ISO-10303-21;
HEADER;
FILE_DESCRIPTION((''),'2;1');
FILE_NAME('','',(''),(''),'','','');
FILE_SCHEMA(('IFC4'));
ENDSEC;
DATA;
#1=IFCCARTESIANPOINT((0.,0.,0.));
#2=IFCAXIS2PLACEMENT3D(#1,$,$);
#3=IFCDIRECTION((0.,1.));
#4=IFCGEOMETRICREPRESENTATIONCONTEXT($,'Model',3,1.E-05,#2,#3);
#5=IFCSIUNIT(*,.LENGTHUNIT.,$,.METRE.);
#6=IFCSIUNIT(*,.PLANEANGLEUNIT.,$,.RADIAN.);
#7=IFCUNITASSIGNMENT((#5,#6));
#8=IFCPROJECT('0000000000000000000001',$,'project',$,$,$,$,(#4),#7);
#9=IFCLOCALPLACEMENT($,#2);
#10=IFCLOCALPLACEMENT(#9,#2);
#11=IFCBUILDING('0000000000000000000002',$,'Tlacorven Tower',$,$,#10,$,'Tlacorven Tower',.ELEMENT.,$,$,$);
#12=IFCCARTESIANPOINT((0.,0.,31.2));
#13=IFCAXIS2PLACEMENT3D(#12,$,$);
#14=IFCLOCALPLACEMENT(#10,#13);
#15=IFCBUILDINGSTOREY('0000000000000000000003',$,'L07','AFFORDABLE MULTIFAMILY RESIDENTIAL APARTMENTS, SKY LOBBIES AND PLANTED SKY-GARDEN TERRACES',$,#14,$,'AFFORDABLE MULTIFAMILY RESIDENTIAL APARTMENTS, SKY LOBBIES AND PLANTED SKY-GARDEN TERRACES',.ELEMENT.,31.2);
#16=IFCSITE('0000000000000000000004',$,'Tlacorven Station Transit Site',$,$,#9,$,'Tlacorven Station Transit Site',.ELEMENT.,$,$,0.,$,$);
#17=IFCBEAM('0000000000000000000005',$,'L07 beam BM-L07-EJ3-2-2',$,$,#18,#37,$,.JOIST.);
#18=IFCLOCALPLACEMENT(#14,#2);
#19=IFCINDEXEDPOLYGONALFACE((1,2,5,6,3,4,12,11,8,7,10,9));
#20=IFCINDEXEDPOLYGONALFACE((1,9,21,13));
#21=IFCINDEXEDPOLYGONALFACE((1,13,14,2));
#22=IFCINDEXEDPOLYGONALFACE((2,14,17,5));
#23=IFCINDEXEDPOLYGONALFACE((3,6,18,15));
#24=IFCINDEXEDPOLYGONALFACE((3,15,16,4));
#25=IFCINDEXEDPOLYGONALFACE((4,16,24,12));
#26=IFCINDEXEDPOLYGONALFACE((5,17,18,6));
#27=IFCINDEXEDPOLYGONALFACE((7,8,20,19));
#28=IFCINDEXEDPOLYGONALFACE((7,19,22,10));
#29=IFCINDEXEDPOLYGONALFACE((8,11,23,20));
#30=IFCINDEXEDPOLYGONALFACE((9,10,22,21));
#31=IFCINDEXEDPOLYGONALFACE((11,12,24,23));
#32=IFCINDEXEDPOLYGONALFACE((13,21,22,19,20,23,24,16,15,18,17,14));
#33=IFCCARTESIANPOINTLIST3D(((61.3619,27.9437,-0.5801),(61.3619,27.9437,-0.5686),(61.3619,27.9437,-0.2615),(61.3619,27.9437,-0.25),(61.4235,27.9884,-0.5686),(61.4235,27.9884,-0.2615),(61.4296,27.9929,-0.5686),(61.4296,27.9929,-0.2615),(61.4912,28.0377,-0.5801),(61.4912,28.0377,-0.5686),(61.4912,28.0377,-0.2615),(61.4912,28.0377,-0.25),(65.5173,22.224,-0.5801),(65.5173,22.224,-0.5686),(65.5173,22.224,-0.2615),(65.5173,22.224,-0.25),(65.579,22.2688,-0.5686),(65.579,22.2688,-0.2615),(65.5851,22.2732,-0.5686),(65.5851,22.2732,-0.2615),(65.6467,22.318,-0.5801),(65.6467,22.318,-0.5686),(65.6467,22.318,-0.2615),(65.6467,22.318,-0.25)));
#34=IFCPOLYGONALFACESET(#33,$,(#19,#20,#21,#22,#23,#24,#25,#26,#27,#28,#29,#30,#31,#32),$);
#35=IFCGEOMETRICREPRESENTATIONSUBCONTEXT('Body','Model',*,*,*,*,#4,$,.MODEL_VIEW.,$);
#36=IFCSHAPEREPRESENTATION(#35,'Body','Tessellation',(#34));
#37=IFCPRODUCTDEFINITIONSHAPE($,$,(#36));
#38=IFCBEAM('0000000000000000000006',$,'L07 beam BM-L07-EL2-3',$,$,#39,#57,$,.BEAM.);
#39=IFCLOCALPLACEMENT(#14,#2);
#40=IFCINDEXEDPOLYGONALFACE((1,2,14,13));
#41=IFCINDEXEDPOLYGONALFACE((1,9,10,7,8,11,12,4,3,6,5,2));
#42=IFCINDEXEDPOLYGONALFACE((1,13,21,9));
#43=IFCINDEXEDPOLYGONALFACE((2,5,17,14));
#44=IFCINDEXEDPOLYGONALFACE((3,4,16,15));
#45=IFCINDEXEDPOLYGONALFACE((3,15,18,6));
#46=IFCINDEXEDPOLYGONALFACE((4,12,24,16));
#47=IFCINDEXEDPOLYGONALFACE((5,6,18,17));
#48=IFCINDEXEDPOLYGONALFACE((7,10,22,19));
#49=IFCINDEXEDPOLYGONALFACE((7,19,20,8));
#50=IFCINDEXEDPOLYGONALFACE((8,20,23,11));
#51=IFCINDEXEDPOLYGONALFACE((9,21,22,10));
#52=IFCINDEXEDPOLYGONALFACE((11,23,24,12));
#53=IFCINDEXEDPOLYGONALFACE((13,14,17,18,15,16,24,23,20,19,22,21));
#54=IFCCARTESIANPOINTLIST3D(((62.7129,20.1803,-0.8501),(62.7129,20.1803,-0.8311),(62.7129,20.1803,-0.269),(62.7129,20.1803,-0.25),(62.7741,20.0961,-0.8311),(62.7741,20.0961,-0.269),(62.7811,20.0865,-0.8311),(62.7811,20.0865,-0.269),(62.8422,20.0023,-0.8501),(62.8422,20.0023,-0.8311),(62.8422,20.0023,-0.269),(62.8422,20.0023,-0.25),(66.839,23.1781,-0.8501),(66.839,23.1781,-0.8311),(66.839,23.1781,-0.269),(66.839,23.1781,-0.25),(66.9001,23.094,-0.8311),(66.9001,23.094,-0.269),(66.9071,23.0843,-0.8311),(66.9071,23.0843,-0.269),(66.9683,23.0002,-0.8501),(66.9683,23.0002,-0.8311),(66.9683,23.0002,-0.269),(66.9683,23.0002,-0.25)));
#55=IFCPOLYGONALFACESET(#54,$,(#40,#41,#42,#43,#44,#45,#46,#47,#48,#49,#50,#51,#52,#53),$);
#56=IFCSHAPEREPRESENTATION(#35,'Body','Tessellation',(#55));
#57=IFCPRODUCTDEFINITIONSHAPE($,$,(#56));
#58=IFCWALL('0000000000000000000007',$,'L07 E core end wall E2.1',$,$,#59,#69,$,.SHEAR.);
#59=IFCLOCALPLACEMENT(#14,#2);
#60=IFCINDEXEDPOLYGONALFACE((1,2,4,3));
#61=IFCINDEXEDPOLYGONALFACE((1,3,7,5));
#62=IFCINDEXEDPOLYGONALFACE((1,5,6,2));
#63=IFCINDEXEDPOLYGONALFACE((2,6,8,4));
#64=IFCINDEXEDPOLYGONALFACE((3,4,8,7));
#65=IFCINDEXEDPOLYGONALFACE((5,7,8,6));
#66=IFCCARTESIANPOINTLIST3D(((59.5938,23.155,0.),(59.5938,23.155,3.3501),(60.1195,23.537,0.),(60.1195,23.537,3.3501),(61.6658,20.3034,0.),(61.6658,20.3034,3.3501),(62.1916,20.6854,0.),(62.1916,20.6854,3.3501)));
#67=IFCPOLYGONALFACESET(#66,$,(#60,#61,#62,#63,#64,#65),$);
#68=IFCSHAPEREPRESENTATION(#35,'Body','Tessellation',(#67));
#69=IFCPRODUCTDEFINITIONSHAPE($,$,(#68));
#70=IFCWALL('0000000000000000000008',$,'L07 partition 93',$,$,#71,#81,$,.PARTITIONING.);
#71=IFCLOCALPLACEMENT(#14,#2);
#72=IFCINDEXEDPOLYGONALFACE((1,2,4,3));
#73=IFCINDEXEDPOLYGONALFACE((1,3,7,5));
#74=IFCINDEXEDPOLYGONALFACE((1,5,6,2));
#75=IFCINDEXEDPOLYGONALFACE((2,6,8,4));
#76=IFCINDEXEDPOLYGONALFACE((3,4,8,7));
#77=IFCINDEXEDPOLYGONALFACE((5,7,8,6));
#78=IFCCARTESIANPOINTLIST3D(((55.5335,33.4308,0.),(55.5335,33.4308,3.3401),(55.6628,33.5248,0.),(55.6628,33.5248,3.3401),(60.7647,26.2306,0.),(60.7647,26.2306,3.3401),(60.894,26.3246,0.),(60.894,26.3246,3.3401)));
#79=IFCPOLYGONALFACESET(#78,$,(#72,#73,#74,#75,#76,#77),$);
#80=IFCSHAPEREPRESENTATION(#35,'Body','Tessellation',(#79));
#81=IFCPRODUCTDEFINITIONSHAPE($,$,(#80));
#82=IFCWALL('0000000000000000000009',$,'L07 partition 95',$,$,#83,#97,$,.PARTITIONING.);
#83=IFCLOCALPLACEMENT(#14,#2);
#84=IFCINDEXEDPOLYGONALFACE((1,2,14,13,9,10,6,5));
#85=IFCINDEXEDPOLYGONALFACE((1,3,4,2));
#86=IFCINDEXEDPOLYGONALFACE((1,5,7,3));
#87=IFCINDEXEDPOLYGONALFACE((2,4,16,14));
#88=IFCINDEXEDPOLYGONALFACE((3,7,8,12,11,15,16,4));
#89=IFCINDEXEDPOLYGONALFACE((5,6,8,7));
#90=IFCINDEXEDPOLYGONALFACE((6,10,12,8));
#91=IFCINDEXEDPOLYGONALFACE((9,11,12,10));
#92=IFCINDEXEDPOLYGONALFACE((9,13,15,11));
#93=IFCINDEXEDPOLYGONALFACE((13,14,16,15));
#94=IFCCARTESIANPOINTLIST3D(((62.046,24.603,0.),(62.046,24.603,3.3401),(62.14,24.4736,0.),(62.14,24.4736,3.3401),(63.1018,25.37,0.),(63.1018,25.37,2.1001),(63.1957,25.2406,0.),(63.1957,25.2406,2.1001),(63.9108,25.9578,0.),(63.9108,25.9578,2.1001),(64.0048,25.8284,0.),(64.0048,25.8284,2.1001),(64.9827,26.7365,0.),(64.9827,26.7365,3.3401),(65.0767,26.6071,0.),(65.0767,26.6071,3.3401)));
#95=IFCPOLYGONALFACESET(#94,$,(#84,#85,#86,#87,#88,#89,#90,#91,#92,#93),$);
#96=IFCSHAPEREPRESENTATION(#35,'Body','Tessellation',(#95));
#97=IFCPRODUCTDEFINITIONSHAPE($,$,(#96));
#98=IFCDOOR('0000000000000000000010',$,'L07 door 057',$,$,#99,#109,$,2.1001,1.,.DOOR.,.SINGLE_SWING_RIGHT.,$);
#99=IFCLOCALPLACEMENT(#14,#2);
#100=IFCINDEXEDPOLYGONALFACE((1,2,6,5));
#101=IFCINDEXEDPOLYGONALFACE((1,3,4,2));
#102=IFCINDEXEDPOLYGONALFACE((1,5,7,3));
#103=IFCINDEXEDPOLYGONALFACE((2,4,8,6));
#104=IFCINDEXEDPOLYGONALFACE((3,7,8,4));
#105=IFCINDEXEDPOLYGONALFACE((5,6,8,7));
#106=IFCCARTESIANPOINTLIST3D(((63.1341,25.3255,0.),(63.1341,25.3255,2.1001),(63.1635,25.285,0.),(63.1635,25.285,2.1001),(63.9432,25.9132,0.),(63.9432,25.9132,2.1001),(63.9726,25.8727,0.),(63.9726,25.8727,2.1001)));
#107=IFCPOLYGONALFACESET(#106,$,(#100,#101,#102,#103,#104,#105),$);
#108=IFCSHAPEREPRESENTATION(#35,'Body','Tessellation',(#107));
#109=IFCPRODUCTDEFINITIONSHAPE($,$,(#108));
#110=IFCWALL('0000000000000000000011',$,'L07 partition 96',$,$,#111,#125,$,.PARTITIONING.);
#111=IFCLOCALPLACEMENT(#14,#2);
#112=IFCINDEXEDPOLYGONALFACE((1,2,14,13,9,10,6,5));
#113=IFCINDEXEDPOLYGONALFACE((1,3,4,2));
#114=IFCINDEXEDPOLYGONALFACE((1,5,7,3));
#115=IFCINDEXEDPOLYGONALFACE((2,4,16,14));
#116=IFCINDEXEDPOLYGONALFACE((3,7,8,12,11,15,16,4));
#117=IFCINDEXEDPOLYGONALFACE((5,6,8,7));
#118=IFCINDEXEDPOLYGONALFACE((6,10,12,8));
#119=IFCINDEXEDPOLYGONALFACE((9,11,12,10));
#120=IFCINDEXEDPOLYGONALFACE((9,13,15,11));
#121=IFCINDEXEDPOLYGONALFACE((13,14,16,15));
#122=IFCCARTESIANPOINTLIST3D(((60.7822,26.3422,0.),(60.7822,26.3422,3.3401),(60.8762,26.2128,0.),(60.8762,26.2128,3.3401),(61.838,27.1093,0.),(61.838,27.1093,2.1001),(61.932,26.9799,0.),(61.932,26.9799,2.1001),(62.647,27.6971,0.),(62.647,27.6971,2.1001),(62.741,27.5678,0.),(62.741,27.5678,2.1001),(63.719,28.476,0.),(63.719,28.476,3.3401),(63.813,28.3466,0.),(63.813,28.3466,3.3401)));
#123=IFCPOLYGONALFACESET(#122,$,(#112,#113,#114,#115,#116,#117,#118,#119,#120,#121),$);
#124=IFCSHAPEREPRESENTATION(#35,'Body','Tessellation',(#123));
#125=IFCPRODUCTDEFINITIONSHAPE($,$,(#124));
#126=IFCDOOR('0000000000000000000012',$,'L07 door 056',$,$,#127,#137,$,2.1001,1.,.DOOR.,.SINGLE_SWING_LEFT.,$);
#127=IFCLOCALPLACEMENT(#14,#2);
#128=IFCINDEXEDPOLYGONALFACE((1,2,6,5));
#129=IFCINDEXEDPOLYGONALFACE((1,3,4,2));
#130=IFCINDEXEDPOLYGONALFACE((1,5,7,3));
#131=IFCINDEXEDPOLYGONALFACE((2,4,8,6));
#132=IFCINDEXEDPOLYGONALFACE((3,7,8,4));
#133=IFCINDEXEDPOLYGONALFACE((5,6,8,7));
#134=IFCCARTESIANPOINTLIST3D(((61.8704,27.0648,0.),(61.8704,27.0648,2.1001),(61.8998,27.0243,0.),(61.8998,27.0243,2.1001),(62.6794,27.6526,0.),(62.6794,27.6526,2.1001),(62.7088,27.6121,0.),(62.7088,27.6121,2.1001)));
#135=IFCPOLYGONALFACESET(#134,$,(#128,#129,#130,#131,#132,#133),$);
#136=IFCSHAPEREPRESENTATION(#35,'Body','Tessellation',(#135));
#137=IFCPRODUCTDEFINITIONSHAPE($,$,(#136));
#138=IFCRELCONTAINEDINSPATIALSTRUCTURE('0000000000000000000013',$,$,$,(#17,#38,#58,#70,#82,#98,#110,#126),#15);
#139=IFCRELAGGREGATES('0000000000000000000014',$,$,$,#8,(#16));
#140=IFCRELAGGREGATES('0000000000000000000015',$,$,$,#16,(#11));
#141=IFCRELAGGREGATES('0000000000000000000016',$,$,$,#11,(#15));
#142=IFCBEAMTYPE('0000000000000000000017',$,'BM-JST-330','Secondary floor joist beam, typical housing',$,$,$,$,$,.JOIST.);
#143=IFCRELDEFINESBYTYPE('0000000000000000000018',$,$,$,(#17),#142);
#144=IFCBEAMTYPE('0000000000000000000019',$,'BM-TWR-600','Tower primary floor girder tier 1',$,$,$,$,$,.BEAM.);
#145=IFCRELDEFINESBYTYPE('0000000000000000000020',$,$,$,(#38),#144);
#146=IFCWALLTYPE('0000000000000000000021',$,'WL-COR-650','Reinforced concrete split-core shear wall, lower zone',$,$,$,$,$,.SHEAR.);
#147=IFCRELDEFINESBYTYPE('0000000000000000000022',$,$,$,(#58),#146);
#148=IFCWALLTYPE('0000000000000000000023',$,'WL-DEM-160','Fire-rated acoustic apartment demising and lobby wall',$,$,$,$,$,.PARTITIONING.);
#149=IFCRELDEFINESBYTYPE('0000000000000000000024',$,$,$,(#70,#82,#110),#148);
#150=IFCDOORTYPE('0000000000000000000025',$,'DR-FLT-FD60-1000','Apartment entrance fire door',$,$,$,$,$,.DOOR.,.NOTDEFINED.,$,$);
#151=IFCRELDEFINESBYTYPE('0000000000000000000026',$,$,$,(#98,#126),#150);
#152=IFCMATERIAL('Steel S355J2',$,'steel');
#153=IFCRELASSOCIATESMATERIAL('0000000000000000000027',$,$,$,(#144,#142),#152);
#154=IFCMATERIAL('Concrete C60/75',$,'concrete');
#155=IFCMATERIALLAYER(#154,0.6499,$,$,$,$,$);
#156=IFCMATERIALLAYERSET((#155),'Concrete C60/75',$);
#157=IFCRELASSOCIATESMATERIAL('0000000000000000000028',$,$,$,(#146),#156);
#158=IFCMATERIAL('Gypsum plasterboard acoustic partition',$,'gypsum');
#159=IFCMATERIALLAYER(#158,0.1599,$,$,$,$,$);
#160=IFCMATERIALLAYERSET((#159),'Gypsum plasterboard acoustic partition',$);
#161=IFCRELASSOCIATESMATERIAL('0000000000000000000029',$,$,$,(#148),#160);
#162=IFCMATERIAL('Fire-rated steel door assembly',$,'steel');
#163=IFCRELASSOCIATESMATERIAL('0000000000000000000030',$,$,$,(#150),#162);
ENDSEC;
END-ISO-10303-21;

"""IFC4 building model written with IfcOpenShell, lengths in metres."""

from ifc_helpers import new_model, si_unit, direction, frame, frame_2d, origin, origin_2d, place, context, subcontext, project, spatial, rectangle, i_section, extrude, source, transform, mapped, material, layer, layer_set, material_profile, profile_set, type_object, element, fill, save


model = new_model("IFC4")

# Units and contexts
model_context = context("Model", 3, precision=1e-05, world=origin(), true_north=direction((0.0, 1.0)))
body_context = subcontext(model_context, "Body", "Model", "MODEL_VIEW")
ifc_project = project(units=[si_unit("LENGTHUNIT", "METRE"), si_unit("PLANEANGLEUNIT", "RADIAN")], contexts=[model_context])

# Site, building, storey
site_placement = place(None, origin())
site = spatial("IfcSite", under=ifc_project, at=site_placement, Name="Tlacorven Station Transit Site", LongName="Tlacorven Station Transit Site", CompositionType="ELEMENT", RefElevation=0.0)
building_placement = place(site_placement, origin())
building = spatial("IfcBuilding", under=site, at=building_placement, Name="Tlacorven Tower", LongName="Tlacorven Tower", CompositionType="ELEMENT")
storey_placement = place(building_placement, frame((0.0, 0.0, 31.2)))
storey = spatial("IfcBuildingStorey", under=building, at=storey_placement, Name="L07", Description="AFFORDABLE MULTIFAMILY RESIDENTIAL APARTMENTS, SKY LOBBIES AND PLANTED SKY-GARDEN TERRACES", LongName="AFFORDABLE MULTIFAMILY RESIDENTIAL APARTMENTS, SKY LOBBIES AND PLANTED SKY-GARDEN TERRACES", CompositionType="ELEMENT", Elevation=31.2)

# Beams
ifc_material_1 = material(Name="Concrete C60/75", Category="concrete")
ifc_material_2 = material(Name="Steel S355J2", Category="steel")
ifc_material_profile_1 = material_profile(ifc_material_2, i_section(OverallWidth=0.22, OverallDepth=0.6001, WebThickness=0.012, FlangeThickness=0.019, at=origin_2d()), Name="IPE 600")
ifc_profile_set_1 = profile_set([ifc_material_profile_1], Name="Steel S355J2")
beam_type_1 = type_object("IfcBeamType", Name="BM-TWR-600", Description="Tower primary floor girder tier 1", PredefinedType="BEAM", material=ifc_profile_set_1)
ifc_material_profile_2 = material_profile(ifc_material_2, i_section(OverallWidth=0.1599, OverallDepth=0.3301, WebThickness=0.0076, FlangeThickness=0.0115, at=origin_2d()), Name="IPE 330")
ifc_profile_set_2 = profile_set([ifc_material_profile_2], Name="Steel S355J2")
beam_type_2 = type_object("IfcBeamType", Name="BM-JST-330", Description="Secondary floor joist beam, typical housing", PredefinedType="JOIST", material=ifc_profile_set_2)
shared_shape_1 = source(origin(), body_context, "Body", "SweptSolid", [
    extrude(i_section(OverallWidth=0.1599, OverallDepth=0.3301, WebThickness=0.0076, FlangeThickness=0.0115, at=origin_2d()), origin(), (0.0, 0.0, 1.0), 7.0698),
])
beam_1_placement = place(storey_placement, frame((65.582, 22.271, -0.415), z_axis=(-0.587775, 0.809024, 0.0), x_axis=(-0.809024, -0.587775, 0.0)))
element("IfcBeam", 1, at=beam_1_placement, inside=storey, type_object=beam_type_2, Name="L07 beam BM-L07-EJ3-2-2", PredefinedType="JOIST", context=body_context, shape_type="MappedRepresentation", body=[
    mapped(shared_shape_1, transform((0.0, 0.0, 0.0), scale=1.0)),
])
shared_shape_2 = source(origin(), body_context, "Body", "SweptSolid", [
    extrude(i_section(OverallWidth=0.22, OverallDepth=0.6001, WebThickness=0.012, FlangeThickness=0.019, at=origin_2d()), origin(), (0.0, 0.0, 1.0), 5.1001),
])
beam_2_placement = place(storey_placement, frame((62.7776, 20.0913, -0.55), z_axis=(0.809007, 0.587799, 0.0), x_axis=(-0.587799, 0.809007, 0.0)))
element("IfcBeam", 2, at=beam_2_placement, inside=storey, type_object=beam_type_1, Name="L07 beam BM-L07-EL2-3", PredefinedType="BEAM", context=body_context, shape_type="MappedRepresentation", body=[
    mapped(shared_shape_2, transform((0.0, 0.0, 0.0), scale=1.0)),
])

# Walls
ifc_layer_1 = layer(ifc_material_1, 0.6499)
ifc_layer_set_1 = layer_set([ifc_layer_1], Name="Concrete C60/75")
wall_type_1 = type_object("IfcWallType", Name="WL-COR-650", Description="Reinforced concrete split-core shear wall, lower zone", PredefinedType="SHEAR", material=ifc_layer_set_1)
wall_1_placement = place(storey_placement, frame((61.9287, 20.4944, 0.0), z_axis=(0.0, 0.0, 1.0), x_axis=(-0.58783, 0.808985, 0.0)))
element("IfcWall", 3, at=wall_1_placement, inside=storey, type_object=wall_type_1, Name="L07 E core end wall E2.1", PredefinedType="SHEAR", context=body_context, shape_type="SweptSolid", body=[
    extrude(rectangle(XDim=3.5249, YDim=0.6499, at=frame_2d((1.7625, 0.0))), origin(), (0.0, 0.0, 1.0), 3.3501),
])
ifc_material_3 = material(Name="Gypsum plasterboard acoustic partition", Category="gypsum")
ifc_layer_2 = layer(ifc_material_3, 0.1599)
ifc_layer_set_2 = layer_set([ifc_layer_2], Name="Gypsum plasterboard acoustic partition")
wall_type_2 = type_object("IfcWallType", Name="WL-DEM-160", Description="Fire-rated acoustic apartment demising and lobby wall", PredefinedType="PARTITIONING", material=ifc_layer_set_2)
wall_2_placement = place(storey_placement, frame((60.8293, 26.2776, 0.0), z_axis=(0.0, 0.0, 1.0), x_axis=(-0.587782, 0.80902, 0.0)))
element("IfcWall", 4, at=wall_2_placement, inside=storey, type_object=wall_type_2, Name="L07 partition 93", PredefinedType="PARTITIONING", context=body_context, shape_type="SweptSolid", body=[
    extrude(rectangle(XDim=8.8999, YDim=0.1599, at=frame_2d((4.45, 0.0))), origin(), (0.0, 0.0, 1.0), 3.3401),
])

# Walls, openings, doors
wall_3_placement = place(storey_placement, frame((62.093, 24.5383, 0.0), z_axis=(0.0, 0.0, 1.0), x_axis=(0.809036, 0.58776, 0.0)))
wall_3 = element("IfcWall", 5, at=wall_3_placement, inside=storey, type_object=wall_type_2, Name="L07 partition 95", PredefinedType="PARTITIONING", context=body_context, shape_type="SweptSolid", body=[
    extrude(rectangle(XDim=3.6299, YDim=0.1599, at=frame_2d((1.8149, 0.0))), origin(), (0.0, 0.0, 1.0), 3.3401),
])
opening_1_placement = place(wall_3_placement, frame((1.3049, 0.0, 0.0)))
opening_1 = element("IfcOpeningElement", 6, at=opening_1_placement, cuts=wall_3, PredefinedType="OPENING", context=body_context, shape_type="SweptSolid", body=[
    extrude(rectangle(XDim=1.0, YDim=2.1001, at=frame_2d((0.5, 1.05))), frame((0.0, 0.0898, 0.0), z_axis=(0.0, -1.0, 0.0), x_axis=(1.0, 0.0, 0.0)), (0.0, 0.0, 1.0), 0.1799),
])
ifc_material_4 = material(Name="Fire-rated steel door assembly", Category="steel")
door_type_1 = type_object("IfcDoorType", Name="DR-FLT-FD60-1000", Description="Apartment entrance fire door", OperationType="NOTDEFINED", PredefinedType="DOOR", material=ifc_material_4)
shared_shape_3 = source(origin(), body_context, "Body", "SweptSolid", [
    extrude(rectangle(XDim=1.0, YDim=2.1001, at=frame_2d((0.5, 1.05))), frame((0.0, 0.0249, 0.0), z_axis=(0.0, -1.0, 0.0), x_axis=(1.0, 0.0, 0.0)), (0.0, 0.0, 1.0), 0.05),
])
door_1_placement = place(opening_1_placement, origin())
door_1 = element("IfcDoor", 7, at=door_1_placement, inside=storey, type_object=door_type_1, Name="L07 door 057", OperationType="SINGLE_SWING_RIGHT", OverallHeight=2.1001, OverallWidth=1.0, PredefinedType="DOOR", context=body_context, shape_type="MappedRepresentation", body=[
    mapped(shared_shape_3, transform((0.0, 0.0, 0.0), scale=1.0)),
])
fill(opening_1, door_1)
wall_4_placement = place(storey_placement, frame((60.8293, 26.2776, 0.0), z_axis=(0.0, 0.0, 1.0), x_axis=(0.809004, 0.587804, 0.0)))
wall_4 = element("IfcWall", 8, at=wall_4_placement, inside=storey, type_object=wall_type_2, Name="L07 partition 96", PredefinedType="PARTITIONING", context=body_context, shape_type="SweptSolid", body=[
    extrude(rectangle(XDim=3.6301, YDim=0.1599, at=frame_2d((1.8149, 0.0))), origin(), (0.0, 0.0, 1.0), 3.3401),
])
opening_2_placement = place(wall_4_placement, frame((1.3049, 0.0, 0.0)))
opening_2 = element("IfcOpeningElement", 9, at=opening_2_placement, cuts=wall_4, PredefinedType="OPENING", context=body_context, shape_type="SweptSolid", body=[
    extrude(rectangle(XDim=1.0, YDim=2.1001, at=frame_2d((0.5, 1.05))), frame((0.0, 0.0898, 0.0), z_axis=(0.0, -1.0, 0.0), x_axis=(1.0, 0.0, 0.0)), (0.0, 0.0, 1.0), 0.1799),
])
door_2_placement = place(opening_2_placement, origin())
door_2 = element("IfcDoor", 10, at=door_2_placement, inside=storey, type_object=door_type_1, Name="L07 door 056", OperationType="SINGLE_SWING_LEFT", OverallHeight=2.1001, OverallWidth=1.0, PredefinedType="DOOR", context=body_context, shape_type="MappedRepresentation", body=[
    mapped(shared_shape_3, transform((0.0, 0.0, 0.0), scale=1.0)),
])
fill(opening_2, door_2)

save(model, "model.ifc")
